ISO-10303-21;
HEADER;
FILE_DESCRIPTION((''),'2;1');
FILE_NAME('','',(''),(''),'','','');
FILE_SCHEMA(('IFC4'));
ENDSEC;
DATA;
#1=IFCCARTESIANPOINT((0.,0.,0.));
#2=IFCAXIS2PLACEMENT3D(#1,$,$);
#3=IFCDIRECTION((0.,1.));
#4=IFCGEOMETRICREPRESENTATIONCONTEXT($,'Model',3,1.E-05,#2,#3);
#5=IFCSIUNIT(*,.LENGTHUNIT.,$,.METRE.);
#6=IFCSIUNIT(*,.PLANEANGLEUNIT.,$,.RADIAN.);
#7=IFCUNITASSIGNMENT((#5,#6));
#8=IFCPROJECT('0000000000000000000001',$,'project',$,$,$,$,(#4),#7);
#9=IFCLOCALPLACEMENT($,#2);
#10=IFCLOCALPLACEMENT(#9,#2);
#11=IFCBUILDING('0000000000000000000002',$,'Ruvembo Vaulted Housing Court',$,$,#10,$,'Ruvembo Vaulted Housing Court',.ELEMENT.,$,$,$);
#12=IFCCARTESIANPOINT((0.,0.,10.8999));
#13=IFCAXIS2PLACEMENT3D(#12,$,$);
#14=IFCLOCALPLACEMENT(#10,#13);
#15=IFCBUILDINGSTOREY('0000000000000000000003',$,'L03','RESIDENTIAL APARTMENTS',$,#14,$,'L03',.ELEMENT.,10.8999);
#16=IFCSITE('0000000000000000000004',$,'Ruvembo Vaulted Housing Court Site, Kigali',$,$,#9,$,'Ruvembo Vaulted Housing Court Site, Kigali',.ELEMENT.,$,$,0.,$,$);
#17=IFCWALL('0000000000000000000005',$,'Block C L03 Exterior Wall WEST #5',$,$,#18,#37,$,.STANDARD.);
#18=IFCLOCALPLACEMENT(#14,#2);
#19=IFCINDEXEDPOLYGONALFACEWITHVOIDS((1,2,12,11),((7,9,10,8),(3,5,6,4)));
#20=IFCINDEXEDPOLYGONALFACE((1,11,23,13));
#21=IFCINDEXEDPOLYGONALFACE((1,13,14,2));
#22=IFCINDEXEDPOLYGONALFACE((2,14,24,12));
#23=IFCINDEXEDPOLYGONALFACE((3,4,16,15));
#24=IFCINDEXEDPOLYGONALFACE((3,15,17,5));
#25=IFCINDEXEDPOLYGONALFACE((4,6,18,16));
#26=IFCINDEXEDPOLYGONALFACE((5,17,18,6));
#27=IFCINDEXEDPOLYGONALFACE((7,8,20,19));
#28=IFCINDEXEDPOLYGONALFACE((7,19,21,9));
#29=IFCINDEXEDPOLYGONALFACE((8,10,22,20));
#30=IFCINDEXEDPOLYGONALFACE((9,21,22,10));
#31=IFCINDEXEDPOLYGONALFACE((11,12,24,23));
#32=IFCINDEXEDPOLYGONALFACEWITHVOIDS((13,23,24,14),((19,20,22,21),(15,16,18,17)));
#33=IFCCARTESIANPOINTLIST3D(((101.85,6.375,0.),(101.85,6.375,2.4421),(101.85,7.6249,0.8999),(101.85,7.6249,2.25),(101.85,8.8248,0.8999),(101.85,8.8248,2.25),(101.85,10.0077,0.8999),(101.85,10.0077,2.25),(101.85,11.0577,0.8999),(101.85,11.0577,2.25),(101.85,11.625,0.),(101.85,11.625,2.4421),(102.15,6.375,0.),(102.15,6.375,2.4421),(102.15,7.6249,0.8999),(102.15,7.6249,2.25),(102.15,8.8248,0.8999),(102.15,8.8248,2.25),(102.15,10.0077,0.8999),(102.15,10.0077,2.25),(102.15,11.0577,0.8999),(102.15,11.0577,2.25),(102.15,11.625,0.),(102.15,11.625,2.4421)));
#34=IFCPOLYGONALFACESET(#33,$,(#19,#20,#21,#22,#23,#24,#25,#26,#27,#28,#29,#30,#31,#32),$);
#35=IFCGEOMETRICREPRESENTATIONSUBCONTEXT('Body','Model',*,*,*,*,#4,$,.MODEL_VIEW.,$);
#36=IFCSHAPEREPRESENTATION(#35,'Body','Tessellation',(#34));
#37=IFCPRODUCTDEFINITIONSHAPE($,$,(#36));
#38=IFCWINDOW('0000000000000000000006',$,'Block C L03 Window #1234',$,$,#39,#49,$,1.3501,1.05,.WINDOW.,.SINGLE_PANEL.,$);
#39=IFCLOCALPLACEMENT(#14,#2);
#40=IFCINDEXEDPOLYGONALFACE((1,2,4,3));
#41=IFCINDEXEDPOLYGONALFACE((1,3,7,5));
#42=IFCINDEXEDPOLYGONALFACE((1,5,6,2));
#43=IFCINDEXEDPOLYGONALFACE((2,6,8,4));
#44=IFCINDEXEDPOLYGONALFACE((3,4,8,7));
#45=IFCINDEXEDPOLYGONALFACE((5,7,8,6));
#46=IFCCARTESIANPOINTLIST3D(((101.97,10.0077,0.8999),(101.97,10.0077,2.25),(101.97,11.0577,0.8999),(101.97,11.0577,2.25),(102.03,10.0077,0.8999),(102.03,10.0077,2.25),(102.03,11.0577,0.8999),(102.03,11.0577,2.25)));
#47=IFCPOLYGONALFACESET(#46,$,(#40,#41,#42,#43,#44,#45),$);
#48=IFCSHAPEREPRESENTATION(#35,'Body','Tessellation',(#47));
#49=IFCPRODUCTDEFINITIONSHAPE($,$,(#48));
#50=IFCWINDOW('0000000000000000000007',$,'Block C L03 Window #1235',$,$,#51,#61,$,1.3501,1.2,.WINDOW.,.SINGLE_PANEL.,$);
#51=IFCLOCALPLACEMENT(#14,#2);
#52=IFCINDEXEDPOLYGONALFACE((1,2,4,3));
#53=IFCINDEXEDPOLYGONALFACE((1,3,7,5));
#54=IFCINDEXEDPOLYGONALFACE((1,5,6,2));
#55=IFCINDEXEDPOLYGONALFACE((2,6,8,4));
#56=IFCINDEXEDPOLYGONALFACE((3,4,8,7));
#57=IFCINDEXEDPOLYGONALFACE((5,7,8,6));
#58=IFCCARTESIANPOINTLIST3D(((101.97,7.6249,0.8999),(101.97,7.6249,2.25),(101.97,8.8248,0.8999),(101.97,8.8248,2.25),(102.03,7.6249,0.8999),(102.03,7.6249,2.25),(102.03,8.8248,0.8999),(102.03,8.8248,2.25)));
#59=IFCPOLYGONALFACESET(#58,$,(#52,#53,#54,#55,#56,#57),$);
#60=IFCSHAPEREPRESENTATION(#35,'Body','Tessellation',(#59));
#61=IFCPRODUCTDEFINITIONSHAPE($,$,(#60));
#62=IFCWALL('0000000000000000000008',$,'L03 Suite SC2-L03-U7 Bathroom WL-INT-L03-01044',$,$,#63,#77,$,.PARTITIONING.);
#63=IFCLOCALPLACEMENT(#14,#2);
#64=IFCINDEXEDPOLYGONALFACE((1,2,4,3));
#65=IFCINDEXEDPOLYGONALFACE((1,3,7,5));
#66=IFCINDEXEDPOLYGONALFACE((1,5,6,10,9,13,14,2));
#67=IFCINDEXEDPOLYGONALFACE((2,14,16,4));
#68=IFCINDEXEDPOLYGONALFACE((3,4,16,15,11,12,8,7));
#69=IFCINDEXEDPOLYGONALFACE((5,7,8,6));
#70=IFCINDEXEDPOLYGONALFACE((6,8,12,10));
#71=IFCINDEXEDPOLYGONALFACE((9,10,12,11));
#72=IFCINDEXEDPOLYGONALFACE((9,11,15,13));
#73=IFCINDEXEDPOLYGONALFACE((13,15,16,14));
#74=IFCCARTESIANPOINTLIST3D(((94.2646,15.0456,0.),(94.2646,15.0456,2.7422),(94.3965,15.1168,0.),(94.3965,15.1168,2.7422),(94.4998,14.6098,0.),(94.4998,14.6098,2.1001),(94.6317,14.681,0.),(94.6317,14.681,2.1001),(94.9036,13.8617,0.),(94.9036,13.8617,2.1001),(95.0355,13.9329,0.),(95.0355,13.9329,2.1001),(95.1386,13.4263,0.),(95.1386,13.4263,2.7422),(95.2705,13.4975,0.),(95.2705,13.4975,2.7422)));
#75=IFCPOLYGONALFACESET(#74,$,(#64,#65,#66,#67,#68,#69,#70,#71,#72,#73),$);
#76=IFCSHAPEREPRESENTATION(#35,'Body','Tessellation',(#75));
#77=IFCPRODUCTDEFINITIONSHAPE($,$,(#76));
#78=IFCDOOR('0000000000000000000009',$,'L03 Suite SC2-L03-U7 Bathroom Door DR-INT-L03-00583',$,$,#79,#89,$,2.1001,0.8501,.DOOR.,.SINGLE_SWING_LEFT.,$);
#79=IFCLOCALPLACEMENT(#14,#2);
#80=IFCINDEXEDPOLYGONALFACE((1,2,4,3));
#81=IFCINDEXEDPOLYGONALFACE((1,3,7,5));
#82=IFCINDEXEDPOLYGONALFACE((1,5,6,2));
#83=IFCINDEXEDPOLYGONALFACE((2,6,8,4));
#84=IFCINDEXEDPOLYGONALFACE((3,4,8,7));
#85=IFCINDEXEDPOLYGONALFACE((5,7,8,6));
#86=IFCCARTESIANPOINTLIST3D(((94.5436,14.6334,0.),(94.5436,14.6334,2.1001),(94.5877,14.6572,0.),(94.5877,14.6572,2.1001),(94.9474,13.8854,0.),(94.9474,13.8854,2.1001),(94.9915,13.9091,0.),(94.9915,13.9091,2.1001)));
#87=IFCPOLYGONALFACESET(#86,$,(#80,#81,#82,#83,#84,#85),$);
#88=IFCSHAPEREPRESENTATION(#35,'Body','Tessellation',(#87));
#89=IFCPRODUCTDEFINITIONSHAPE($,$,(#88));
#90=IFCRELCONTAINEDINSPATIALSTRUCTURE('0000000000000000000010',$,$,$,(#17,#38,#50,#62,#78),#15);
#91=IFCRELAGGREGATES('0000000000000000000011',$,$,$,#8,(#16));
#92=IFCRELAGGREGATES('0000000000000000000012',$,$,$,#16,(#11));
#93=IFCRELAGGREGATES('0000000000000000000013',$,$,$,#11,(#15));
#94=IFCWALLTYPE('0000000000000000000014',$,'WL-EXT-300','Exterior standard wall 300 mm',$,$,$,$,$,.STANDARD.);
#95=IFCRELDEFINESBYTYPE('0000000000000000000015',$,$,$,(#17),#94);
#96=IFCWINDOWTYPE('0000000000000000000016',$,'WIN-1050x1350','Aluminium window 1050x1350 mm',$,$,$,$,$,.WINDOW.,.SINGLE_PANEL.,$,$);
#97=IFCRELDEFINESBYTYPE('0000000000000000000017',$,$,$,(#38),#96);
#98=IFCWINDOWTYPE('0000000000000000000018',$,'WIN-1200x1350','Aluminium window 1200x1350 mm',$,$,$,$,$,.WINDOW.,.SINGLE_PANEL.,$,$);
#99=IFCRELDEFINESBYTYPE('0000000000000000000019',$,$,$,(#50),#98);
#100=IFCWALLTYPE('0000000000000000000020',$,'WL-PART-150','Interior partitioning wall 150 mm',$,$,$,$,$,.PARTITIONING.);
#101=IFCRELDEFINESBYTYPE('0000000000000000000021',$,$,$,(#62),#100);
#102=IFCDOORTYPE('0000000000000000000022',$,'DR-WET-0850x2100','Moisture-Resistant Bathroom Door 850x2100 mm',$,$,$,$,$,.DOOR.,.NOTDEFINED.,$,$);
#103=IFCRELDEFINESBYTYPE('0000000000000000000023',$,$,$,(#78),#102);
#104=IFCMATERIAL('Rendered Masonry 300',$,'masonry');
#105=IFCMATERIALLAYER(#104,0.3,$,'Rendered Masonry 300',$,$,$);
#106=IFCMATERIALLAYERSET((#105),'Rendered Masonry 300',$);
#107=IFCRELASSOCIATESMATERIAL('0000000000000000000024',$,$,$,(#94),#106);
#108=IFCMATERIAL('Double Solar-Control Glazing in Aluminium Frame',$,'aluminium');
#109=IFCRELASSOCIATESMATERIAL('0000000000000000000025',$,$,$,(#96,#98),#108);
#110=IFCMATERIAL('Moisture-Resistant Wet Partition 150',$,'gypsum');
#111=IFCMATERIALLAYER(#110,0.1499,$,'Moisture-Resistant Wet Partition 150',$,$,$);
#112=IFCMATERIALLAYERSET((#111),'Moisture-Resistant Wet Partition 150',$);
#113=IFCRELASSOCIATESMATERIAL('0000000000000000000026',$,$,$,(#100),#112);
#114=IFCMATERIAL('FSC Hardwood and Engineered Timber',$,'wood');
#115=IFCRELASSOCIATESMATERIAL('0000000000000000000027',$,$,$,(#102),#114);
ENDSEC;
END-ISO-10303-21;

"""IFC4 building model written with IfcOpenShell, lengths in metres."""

from ifc_helpers import new_model, si_unit, direction, frame, frame_2d, origin, place, context, subcontext, project, spatial, rectangle, extrude, material, layer, layer_set, type_object, element, fill, save


model = new_model("IFC4")

# Units and contexts
model_context = context("Model", 3, precision=1e-05, world=origin(), true_north=direction((0.0, 1.0)))
body_context = subcontext(model_context, "Body", "Model", "MODEL_VIEW")
ifc_project = project(units=[si_unit("LENGTHUNIT", "METRE"), si_unit("PLANEANGLEUNIT", "RADIAN")], contexts=[model_context])

# Site, building, storey
site_placement = place(None, origin())
site = spatial("IfcSite", under=ifc_project, at=site_placement, Name="Ruvembo Vaulted Housing Court Site, Kigali", LongName="Ruvembo Vaulted Housing Court Site, Kigali", CompositionType="ELEMENT", RefElevation=0.0)
building_placement = place(site_placement, origin())
building = spatial("IfcBuilding", under=site, at=building_placement, Name="Ruvembo Vaulted Housing Court", LongName="Ruvembo Vaulted Housing Court", CompositionType="ELEMENT")
storey_placement = place(building_placement, frame((0.0, 0.0, 10.8999)))
storey = spatial("IfcBuildingStorey", under=building, at=storey_placement, Name="L03", Description="RESIDENTIAL APARTMENTS", LongName="L03", CompositionType="ELEMENT", Elevation=10.8999)

# Shared definitions
ifc_material_1 = material(Name="FSC Hardwood and Engineered Timber", Category="wood")

# Wall, openings, windows
ifc_material_2 = material(Name="Rendered Masonry 300", Category="masonry")
ifc_layer_1 = layer(ifc_material_2, 0.3, Name="Rendered Masonry 300")
ifc_layer_set_1 = layer_set([ifc_layer_1], Name="Rendered Masonry 300")
wall_type_1 = type_object("IfcWallType", Name="WL-EXT-300", Description="Exterior standard wall 300 mm", PredefinedType="STANDARD", material=ifc_layer_set_1)
wall_1_placement = place(storey_placement, frame((102.0, 11.625, 0.0), z_axis=(0.0, 0.0, 1.0), x_axis=(0.0, -1.0, 0.0)))
wall_1 = element("IfcWall", 1, at=wall_1_placement, inside=storey, type_object=wall_type_1, Name="Block C L03 Exterior Wall WEST #5", PredefinedType="STANDARD", context=body_context, shape_type="SweptSolid", body=[
    extrude(rectangle(XDim=5.25, YDim=0.3, at=frame_2d((2.625, 0.0))), origin(), (0.0, 0.0, 1.0), 2.4421),
])
opening_1_placement = place(wall_1_placement, frame((0.5674, 0.0, 0.8999)))
opening_1 = element("IfcOpeningElement", 2, at=opening_1_placement, cuts=wall_1, PredefinedType="OPENING", context=body_context, shape_type="SweptSolid", body=[
    extrude(rectangle(XDim=1.05, YDim=1.3501, at=frame_2d((0.5249, 0.675))), frame((0.0, 0.1599, 0.0), z_axis=(0.0, -1.0, 0.0), x_axis=(1.0, 0.0, 0.0)), (0.0, 0.0, 1.0), 0.3201),
])
opening_2_placement = place(wall_1_placement, frame((2.8, 0.0, 0.8999)))
opening_2 = element("IfcOpeningElement", 3, at=opening_2_placement, cuts=wall_1, PredefinedType="OPENING", context=body_context, shape_type="SweptSolid", body=[
    extrude(rectangle(XDim=1.2, YDim=1.3501, at=frame_2d((0.6001, 0.675))), frame((0.0, 0.1599, 0.0), z_axis=(0.0, -1.0, 0.0), x_axis=(1.0, 0.0, 0.0)), (0.0, 0.0, 1.0), 0.3201),
])
ifc_material_3 = material(Name="Double Solar-Control Glazing in Aluminium Frame", Category="aluminium")
window_type_1 = type_object("IfcWindowType", Name="WIN-1050x1350", Description="Aluminium window 1050x1350 mm", PartitioningType="SINGLE_PANEL", PredefinedType="WINDOW", material=ifc_material_3)
window_1_placement = place(opening_1_placement, origin())
window_1 = element("IfcWindow", 4, at=window_1_placement, inside=storey, type_object=window_type_1, Name="Block C L03 Window #1234", OverallHeight=1.3501, OverallWidth=1.05, PartitioningType="SINGLE_PANEL", PredefinedType="WINDOW", context=body_context, shape_type="SweptSolid", body=[
    extrude(rectangle(XDim=1.05, YDim=1.3501, at=frame_2d((0.5249, 0.675))), frame((0.0, 0.03, 0.0), z_axis=(0.0, -1.0, 0.0), x_axis=(1.0, 0.0, 0.0)), (0.0, 0.0, 1.0), 0.0601),
])
fill(opening_1, window_1)
window_type_2 = type_object("IfcWindowType", Name="WIN-1200x1350", Description="Aluminium window 1200x1350 mm", PartitioningType="SINGLE_PANEL", PredefinedType="WINDOW", material=ifc_material_3)
window_2_placement = place(opening_2_placement, origin())
window_2 = element("IfcWindow", 5, at=window_2_placement, inside=storey, type_object=window_type_2, Name="Block C L03 Window #1235", OverallHeight=1.3501, OverallWidth=1.2, PartitioningType="SINGLE_PANEL", PredefinedType="WINDOW", context=body_context, shape_type="SweptSolid", body=[
    extrude(rectangle(XDim=1.2, YDim=1.3501, at=frame_2d((0.6001, 0.675))), frame((0.0, 0.03, 0.0), z_axis=(0.0, -1.0, 0.0), x_axis=(1.0, 0.0, 0.0)), (0.0, 0.0, 1.0), 0.0601),
])
fill(opening_2, window_2)

# Wall, opening, door
ifc_material_4 = material(Name="Moisture-Resistant Wet Partition 150", Category="gypsum")
ifc_layer_2 = layer(ifc_material_4, 0.1499, Name="Moisture-Resistant Wet Partition 150")
ifc_layer_set_2 = layer_set([ifc_layer_2], Name="Moisture-Resistant Wet Partition 150")
wall_type_2 = type_object("IfcWallType", Name="WL-PART-150", Description="Interior partitioning wall 150 mm", PredefinedType="PARTITIONING", material=ifc_layer_set_2)
wall_2_placement = place(storey_placement, frame((94.3306, 15.0811, 0.0), z_axis=(0.0, 0.0, 1.0), x_axis=(0.475017, -0.879976, 0.0)))
wall_2 = element("IfcWall", 6, at=wall_2_placement, inside=storey, type_object=wall_type_2, Name="L03 Suite SC2-L03-U7 Bathroom WL-INT-L03-01044", PredefinedType="PARTITIONING", context=body_context, shape_type="SweptSolid", body=[
    extrude(rectangle(XDim=1.8401, YDim=0.1499, at=frame_2d((0.9199, 0.0))), origin(), (0.0, 0.0, 1.0), 2.7422),
])
opening_3_placement = place(wall_2_placement, frame((0.4951, 0.0, 0.0)))
opening_3 = element("IfcOpeningElement", 7, at=opening_3_placement, cuts=wall_2, PredefinedType="OPENING", context=body_context, shape_type="SweptSolid", body=[
    extrude(rectangle(XDim=0.8501, YDim=2.1001, at=frame_2d((0.425, 1.05))), frame((0.0, 0.085, 0.0), z_axis=(0.0, -1.0, 0.0), x_axis=(1.0, 0.0, 0.0)), (0.0, 0.0, 1.0), 0.1699),
])
door_type_1 = type_object("IfcDoorType", Name="DR-WET-0850x2100", Description="Moisture-Resistant Bathroom Door 850x2100 mm", OperationType="NOTDEFINED", PredefinedType="DOOR", material=ifc_material_1)
door_1_placement = place(opening_3_placement, origin())
door_1 = element("IfcDoor", 8, at=door_1_placement, inside=storey, type_object=door_type_1, Name="L03 Suite SC2-L03-U7 Bathroom Door DR-INT-L03-00583", OperationType="SINGLE_SWING_LEFT", OverallHeight=2.1001, OverallWidth=0.8501, PredefinedType="DOOR", context=body_context, shape_type="SweptSolid", body=[
    extrude(rectangle(XDim=0.8501, YDim=2.1001, at=frame_2d((0.425, 1.05))), frame((0.0, 0.0249, 0.0), z_axis=(0.0, -1.0, 0.0), x_axis=(1.0, 0.0, 0.0)), (0.0, 0.0, 1.0), 0.05),
])
fill(opening_3, door_1)

save(model, "model.ifc")
